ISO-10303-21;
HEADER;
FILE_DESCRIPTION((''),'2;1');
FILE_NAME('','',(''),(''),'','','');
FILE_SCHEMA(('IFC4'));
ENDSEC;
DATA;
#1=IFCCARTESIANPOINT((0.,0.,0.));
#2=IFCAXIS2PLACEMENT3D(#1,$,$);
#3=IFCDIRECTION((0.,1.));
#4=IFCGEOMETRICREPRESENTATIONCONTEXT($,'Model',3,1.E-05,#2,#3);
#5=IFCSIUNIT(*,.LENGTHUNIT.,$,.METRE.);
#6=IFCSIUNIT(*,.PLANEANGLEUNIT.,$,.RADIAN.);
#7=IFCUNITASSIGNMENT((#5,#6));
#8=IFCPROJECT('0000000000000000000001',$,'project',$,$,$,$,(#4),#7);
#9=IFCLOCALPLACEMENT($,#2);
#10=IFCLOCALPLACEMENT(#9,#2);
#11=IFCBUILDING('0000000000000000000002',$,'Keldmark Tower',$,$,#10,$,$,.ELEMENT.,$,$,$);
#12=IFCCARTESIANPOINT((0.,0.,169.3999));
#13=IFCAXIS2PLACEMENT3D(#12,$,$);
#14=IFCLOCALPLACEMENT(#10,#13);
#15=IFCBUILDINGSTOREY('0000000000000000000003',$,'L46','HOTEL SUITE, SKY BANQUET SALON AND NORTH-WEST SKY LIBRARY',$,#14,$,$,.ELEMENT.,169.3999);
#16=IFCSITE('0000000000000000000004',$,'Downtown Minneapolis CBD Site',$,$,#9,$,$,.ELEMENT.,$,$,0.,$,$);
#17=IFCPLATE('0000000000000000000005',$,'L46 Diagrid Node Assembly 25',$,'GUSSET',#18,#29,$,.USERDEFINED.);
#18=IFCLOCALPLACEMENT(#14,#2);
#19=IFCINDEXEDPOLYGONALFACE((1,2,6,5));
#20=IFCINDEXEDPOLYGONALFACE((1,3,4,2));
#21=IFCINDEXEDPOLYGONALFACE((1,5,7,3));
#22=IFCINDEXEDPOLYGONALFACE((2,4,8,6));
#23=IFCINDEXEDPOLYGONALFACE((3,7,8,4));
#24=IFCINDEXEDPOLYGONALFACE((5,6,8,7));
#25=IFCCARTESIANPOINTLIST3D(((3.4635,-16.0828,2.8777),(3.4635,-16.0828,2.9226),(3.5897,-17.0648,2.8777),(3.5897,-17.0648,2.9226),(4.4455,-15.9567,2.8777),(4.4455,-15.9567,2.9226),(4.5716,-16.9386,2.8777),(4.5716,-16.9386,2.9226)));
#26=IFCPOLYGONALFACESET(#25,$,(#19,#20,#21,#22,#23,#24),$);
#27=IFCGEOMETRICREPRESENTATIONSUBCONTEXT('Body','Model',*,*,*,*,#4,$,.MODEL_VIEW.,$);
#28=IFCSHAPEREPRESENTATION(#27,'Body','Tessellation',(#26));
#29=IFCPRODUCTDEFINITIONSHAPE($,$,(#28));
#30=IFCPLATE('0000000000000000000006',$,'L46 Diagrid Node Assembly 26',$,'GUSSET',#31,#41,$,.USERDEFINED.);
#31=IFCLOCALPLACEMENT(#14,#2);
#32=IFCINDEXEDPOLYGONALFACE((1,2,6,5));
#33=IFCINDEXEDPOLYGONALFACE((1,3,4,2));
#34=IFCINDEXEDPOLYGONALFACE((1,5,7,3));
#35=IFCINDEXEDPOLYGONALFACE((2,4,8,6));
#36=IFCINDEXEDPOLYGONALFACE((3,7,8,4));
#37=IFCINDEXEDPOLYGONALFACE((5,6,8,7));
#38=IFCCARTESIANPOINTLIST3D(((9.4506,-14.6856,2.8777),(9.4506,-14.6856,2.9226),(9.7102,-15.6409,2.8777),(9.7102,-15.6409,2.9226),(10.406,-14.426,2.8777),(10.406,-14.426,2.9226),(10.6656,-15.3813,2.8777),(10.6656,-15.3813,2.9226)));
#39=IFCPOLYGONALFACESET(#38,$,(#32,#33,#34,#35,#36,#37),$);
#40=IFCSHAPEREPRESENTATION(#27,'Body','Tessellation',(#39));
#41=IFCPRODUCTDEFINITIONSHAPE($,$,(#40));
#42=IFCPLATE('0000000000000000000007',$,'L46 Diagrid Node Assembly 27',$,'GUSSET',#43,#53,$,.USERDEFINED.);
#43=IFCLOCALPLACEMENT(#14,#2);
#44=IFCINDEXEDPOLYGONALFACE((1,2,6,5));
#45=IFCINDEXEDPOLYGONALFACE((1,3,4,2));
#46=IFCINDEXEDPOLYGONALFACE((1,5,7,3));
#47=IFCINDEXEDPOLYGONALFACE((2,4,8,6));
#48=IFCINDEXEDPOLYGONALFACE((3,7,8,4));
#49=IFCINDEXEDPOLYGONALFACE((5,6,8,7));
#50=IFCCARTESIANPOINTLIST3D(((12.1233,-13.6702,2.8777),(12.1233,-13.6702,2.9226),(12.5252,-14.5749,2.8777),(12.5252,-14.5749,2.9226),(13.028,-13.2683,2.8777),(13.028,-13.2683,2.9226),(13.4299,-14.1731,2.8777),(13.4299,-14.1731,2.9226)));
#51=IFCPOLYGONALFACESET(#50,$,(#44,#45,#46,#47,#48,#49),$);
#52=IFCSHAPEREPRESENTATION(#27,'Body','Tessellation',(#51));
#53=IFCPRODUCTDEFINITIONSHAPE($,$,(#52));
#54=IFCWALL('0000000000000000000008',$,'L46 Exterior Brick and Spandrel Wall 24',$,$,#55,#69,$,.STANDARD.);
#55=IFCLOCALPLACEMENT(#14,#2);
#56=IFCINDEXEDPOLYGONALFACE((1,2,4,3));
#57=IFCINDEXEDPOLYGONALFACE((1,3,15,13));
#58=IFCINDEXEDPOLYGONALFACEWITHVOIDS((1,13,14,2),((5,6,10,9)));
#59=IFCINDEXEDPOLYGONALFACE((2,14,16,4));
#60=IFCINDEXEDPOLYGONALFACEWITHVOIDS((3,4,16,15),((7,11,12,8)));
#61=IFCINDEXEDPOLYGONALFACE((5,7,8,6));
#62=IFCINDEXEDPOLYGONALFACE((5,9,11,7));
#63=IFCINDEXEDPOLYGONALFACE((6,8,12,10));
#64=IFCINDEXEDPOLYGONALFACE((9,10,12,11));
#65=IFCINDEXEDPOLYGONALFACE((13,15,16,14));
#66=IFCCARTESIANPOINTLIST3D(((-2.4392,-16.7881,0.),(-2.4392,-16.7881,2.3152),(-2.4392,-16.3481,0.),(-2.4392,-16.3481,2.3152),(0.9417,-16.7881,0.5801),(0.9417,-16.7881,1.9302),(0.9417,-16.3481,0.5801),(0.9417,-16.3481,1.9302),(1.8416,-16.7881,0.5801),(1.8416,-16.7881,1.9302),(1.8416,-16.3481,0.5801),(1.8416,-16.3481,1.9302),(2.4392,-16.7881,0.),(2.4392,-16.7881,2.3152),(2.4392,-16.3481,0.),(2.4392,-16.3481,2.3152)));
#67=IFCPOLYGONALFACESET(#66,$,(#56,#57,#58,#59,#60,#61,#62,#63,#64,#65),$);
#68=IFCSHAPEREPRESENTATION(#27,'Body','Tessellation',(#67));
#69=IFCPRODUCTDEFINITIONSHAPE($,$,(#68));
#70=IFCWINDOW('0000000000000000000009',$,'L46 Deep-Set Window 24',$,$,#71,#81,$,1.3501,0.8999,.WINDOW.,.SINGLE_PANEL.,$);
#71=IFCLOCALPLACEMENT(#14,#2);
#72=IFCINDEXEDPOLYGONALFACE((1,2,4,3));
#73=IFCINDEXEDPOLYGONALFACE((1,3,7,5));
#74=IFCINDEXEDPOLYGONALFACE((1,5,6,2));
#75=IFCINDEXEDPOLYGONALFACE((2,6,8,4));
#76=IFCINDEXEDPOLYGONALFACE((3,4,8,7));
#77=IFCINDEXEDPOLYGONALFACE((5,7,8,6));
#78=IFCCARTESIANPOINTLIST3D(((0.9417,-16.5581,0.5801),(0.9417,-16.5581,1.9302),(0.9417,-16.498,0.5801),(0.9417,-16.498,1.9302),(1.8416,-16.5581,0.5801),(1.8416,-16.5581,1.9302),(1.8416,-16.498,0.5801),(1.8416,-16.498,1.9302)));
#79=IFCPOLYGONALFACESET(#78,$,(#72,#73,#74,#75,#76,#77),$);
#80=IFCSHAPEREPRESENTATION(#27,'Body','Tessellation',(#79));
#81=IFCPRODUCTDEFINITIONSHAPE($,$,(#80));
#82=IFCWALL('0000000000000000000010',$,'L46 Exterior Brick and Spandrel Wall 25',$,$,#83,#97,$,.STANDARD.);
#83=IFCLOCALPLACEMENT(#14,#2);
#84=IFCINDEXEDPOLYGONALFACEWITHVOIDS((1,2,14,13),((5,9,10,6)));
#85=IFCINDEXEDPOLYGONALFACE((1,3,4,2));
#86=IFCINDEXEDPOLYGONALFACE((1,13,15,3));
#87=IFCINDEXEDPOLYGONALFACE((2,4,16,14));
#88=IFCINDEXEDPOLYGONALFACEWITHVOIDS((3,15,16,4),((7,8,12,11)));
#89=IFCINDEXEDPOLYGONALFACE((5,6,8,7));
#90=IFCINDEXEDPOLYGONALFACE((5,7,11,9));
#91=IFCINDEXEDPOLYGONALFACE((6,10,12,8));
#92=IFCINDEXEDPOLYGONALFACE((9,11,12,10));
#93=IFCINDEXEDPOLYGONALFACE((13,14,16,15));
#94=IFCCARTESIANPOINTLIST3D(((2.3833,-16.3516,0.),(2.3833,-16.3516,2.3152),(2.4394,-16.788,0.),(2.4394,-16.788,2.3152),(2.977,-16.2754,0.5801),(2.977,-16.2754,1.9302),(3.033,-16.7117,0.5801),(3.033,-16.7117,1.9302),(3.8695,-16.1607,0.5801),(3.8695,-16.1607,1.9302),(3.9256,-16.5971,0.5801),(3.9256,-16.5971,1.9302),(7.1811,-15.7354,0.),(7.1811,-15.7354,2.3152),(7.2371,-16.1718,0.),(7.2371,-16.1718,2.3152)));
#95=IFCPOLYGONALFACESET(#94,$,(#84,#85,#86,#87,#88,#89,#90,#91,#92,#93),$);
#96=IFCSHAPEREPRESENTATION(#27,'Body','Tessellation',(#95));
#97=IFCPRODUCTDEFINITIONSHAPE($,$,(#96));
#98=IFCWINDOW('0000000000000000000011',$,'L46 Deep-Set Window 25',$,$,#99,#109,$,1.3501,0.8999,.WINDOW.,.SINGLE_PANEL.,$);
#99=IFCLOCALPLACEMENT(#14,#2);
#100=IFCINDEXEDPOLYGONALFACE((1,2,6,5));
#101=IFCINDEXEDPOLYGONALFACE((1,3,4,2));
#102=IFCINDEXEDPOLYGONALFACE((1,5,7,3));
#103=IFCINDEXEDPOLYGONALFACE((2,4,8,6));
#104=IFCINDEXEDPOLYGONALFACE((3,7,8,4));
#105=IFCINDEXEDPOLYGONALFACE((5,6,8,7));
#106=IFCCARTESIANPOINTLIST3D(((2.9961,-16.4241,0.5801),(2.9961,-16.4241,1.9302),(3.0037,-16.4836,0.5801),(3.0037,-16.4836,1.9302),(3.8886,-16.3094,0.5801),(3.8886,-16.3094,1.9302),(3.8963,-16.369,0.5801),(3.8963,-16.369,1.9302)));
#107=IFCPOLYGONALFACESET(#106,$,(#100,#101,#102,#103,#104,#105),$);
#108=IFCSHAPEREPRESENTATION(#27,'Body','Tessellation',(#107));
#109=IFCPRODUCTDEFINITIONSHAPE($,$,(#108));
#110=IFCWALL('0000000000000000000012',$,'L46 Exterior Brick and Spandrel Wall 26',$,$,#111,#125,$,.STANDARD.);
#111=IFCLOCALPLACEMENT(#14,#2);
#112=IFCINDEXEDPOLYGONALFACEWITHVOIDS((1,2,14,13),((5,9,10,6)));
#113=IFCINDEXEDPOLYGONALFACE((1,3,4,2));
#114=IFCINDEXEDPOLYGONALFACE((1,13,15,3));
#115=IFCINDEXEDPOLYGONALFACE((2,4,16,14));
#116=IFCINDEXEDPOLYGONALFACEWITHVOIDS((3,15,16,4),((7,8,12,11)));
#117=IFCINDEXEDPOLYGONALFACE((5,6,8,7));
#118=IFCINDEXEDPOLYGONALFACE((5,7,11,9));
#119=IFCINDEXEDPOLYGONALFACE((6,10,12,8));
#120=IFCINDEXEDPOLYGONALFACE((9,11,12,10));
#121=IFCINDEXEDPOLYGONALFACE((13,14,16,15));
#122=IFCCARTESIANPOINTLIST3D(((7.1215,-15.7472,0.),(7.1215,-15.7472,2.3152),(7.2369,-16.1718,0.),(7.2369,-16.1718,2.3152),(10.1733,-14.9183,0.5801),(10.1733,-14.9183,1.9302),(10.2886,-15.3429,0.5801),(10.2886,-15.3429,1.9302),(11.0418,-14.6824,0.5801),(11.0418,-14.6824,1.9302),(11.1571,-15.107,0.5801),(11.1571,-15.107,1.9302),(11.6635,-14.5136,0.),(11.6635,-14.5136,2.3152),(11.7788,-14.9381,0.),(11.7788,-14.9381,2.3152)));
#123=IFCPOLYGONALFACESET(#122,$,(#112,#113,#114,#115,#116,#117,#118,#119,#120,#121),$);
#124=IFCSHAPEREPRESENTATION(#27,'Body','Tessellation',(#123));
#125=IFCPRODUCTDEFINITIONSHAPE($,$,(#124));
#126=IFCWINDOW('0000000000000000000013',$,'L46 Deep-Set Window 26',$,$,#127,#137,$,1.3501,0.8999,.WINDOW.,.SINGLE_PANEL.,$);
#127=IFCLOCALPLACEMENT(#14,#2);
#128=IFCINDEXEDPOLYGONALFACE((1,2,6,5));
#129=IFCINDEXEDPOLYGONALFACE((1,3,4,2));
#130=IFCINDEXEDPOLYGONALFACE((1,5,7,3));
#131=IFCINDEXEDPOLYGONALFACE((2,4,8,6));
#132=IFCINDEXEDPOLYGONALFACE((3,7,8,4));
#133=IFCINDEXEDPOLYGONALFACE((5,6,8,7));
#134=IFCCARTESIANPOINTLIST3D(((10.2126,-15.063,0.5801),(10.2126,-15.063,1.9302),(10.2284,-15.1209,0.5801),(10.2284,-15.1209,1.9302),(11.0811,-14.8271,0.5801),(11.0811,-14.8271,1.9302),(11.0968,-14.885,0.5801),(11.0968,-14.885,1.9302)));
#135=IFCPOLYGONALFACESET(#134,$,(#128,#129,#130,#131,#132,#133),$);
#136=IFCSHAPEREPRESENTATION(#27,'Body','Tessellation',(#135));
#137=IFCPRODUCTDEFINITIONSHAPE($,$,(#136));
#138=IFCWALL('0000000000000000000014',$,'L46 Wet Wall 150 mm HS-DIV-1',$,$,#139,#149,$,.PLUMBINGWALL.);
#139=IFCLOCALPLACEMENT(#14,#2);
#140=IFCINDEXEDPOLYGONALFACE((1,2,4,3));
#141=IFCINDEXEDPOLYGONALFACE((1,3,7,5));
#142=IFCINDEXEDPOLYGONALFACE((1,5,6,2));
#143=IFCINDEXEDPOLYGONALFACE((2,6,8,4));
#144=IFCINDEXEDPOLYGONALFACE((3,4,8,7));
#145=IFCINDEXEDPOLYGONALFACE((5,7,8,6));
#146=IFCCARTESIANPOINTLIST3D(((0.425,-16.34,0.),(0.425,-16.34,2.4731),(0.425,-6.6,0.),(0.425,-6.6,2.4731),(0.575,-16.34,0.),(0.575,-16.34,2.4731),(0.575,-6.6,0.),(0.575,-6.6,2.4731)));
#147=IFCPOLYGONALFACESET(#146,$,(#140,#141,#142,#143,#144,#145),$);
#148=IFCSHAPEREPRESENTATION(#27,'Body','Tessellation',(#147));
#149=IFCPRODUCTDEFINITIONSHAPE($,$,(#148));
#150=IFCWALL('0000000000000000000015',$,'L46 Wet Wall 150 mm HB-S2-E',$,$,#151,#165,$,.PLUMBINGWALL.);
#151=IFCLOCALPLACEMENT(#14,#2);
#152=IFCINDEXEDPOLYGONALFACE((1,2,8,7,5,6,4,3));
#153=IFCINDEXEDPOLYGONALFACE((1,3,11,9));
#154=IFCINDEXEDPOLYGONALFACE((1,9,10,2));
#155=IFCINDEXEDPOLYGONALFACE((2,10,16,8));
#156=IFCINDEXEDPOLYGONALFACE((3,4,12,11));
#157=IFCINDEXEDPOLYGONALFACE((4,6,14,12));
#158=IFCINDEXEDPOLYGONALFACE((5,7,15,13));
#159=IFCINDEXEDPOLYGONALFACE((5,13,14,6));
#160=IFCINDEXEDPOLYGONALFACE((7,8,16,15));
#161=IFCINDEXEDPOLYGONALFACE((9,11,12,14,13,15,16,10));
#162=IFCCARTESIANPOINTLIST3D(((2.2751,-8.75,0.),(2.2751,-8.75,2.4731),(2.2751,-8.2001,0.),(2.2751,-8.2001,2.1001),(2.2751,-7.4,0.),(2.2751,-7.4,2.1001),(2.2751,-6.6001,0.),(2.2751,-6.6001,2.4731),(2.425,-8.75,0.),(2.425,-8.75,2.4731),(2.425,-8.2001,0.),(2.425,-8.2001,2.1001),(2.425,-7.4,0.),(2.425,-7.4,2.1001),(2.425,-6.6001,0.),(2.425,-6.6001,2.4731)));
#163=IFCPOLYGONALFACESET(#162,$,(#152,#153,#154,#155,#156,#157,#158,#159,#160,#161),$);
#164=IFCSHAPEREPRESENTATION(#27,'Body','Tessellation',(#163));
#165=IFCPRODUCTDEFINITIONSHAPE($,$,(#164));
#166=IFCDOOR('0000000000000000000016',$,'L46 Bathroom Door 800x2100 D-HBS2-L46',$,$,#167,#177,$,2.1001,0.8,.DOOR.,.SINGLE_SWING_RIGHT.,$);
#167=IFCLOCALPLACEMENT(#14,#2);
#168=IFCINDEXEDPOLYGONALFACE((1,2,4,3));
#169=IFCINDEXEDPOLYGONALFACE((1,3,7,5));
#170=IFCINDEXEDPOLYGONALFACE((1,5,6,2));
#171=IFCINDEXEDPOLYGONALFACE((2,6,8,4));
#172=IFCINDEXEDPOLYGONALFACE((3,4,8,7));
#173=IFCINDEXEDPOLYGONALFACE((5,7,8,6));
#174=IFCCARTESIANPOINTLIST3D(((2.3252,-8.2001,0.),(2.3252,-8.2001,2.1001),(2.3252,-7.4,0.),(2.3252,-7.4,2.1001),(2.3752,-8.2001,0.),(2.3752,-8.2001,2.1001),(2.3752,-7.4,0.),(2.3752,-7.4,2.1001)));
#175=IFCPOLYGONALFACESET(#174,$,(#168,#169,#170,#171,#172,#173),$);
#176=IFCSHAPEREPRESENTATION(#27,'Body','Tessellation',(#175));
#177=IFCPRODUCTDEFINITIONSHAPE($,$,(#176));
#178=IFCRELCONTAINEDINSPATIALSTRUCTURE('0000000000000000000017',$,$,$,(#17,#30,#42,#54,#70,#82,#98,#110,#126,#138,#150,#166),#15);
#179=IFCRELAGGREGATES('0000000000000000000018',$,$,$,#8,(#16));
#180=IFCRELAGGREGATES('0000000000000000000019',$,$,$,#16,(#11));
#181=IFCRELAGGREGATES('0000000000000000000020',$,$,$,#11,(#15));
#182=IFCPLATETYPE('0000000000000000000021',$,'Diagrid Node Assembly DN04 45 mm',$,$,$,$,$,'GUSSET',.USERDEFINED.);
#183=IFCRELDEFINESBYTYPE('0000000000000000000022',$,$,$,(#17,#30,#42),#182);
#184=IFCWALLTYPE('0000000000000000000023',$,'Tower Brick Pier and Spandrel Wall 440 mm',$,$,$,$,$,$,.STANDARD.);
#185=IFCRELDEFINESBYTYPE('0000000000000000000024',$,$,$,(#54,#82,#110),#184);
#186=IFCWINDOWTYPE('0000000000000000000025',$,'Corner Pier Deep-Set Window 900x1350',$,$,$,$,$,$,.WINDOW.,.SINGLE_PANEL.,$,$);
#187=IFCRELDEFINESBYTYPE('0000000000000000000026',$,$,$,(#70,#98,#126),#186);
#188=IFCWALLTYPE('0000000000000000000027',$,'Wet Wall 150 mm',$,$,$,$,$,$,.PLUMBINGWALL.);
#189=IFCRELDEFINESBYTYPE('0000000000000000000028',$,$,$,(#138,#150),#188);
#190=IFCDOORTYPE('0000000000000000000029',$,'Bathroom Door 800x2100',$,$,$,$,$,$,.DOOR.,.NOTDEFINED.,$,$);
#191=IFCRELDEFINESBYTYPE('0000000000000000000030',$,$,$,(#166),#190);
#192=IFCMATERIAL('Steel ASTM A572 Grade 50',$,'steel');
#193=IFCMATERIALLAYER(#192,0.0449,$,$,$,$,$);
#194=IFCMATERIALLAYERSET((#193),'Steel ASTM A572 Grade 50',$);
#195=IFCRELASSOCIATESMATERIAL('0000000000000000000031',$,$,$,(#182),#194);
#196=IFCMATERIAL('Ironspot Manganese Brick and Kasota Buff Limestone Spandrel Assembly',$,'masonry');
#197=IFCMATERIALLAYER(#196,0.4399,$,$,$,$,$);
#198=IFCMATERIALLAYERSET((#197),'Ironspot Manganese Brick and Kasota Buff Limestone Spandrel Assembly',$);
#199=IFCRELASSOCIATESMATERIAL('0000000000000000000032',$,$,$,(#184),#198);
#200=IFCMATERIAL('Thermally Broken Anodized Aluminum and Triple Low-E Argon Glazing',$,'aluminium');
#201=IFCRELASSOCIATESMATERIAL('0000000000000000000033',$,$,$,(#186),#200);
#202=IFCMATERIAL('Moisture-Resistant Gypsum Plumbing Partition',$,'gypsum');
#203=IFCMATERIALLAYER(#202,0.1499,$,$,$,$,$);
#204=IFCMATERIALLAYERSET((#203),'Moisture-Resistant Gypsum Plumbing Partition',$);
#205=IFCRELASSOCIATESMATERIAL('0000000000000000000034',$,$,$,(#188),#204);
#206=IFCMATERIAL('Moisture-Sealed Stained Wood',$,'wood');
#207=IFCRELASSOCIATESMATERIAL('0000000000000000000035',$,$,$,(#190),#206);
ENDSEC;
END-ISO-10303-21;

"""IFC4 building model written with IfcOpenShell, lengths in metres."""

from ifc_helpers import new_model, si_unit, direction, frame, frame_2d, origin, origin_2d, place, context, subcontext, project, spatial, rectangle, extrude, material, layer, layer_set, type_object, element, fill, save


model = new_model("IFC4")

# Units and contexts
model_context = context("Model", 3, precision=1e-05, world=origin(), true_north=direction((0.0, 1.0)))
body_context = subcontext(model_context, "Body", "Model", "MODEL_VIEW")
ifc_project = project(units=[si_unit("LENGTHUNIT", "METRE"), si_unit("PLANEANGLEUNIT", "RADIAN")], contexts=[model_context])

# Site, building, storey
site_placement = place(None, origin())
site = spatial("IfcSite", under=ifc_project, at=site_placement, Name="Downtown Minneapolis CBD Site", CompositionType="ELEMENT", RefElevation=0.0)
building_placement = place(site_placement, origin())
building = spatial("IfcBuilding", under=site, at=building_placement, Name="Keldmark Tower", CompositionType="ELEMENT")
storey_placement = place(building_placement, frame((0.0, 0.0, 169.3999)))
storey = spatial("IfcBuildingStorey", under=building, at=storey_placement, Name="L46", Description="HOTEL SUITE, SKY BANQUET SALON AND NORTH-WEST SKY LIBRARY", CompositionType="ELEMENT", Elevation=169.3999)

# Plates
ifc_material_1 = material(Name="Steel ASTM A572 Grade 50", Category="steel")
ifc_layer_1 = layer(ifc_material_1, 0.0449)
ifc_layer_set_1 = layer_set([ifc_layer_1], Name="Steel ASTM A572 Grade 50")
plate_type = type_object("IfcPlateType", Name="Diagrid Node Assembly DN04 45 mm", ElementType="GUSSET", PredefinedType="USERDEFINED", material=ifc_layer_set_1)
for number, where, z_axis, x_axis, name in (
    (1, (4.0176, -16.5107, 2.8777), (0.0, 0.0, 1.0), (0.99185, 0.127411, 0.0), "L46 Diagrid Node Assembly 25"),
    (2, (10.0581, -15.0334, 2.8777), (0.0, 0.0, 1.0), (0.965016, 0.262189, 0.0), "L46 Diagrid Node Assembly 26"),
    (3, (12.7766, -13.9216, 2.8777), (0.0, 0.0, 1.0), (0.9139, 0.405939, 0.0), "L46 Diagrid Node Assembly 27"),
):
    element("IfcPlate", number, at=place(storey_placement, frame(where, z_axis=z_axis, x_axis=x_axis)), inside=storey, type_object=plate_type, Name=name, ObjectType="GUSSET", PredefinedType="USERDEFINED", context=body_context, shape_type="SweptSolid", body=[
        extrude(rectangle(XDim=0.99, YDim=0.99, at=origin_2d()), origin(), (0.0, 0.0, 1.0), 0.0449),
    ])

# Walls, openings, windows
ifc_material_2 = material(Name="Ironspot Manganese Brick and Kasota Buff Limestone Spandrel Assembly", Category="masonry")
ifc_layer_2 = layer(ifc_material_2, 0.4399)
ifc_layer_set_2 = layer_set([ifc_layer_2], Name="Ironspot Manganese Brick and Kasota Buff Limestone Spandrel Assembly")
wall_type_1 = type_object("IfcWallType", Name="Tower Brick Pier and Spandrel Wall 440 mm", PredefinedType="STANDARD", material=ifc_layer_set_2)
wall_1_placement = place(storey_placement, frame((2.4392, -16.5681, 0.0), z_axis=(0.0, 0.0, 1.0), x_axis=(-1.0, 0.0, 0.0)))
wall_1 = element("IfcWall", 4, at=wall_1_placement, inside=storey, type_object=wall_type_1, Name="L46 Exterior Brick and Spandrel Wall 24", PredefinedType="STANDARD", context=body_context, shape_type="SweptSolid", body=[
    extrude(rectangle(XDim=4.8784, YDim=0.4399, at=frame_2d((2.4392, 0.0))), origin(), (0.0, 0.0, 1.0), 2.3152),
])
opening_1_placement = place(wall_1_placement, frame((0.5977, 0.0, 0.5801)))
opening_1 = element("IfcOpeningElement", 5, at=opening_1_placement, cuts=wall_1, PredefinedType="OPENING", context=body_context, shape_type="SweptSolid", body=[
    extrude(rectangle(XDim=0.8999, YDim=1.3501, at=frame_2d((0.45, 0.675))), frame((0.0, 0.23, 0.0), z_axis=(0.0, -1.0, 0.0), x_axis=(1.0, 0.0, 0.0)), (0.0, 0.0, 1.0), 0.46),
])
ifc_material_3 = material(Name="Thermally Broken Anodized Aluminum and Triple Low-E Argon Glazing", Category="aluminium")
window_type = type_object("IfcWindowType", Name="Corner Pier Deep-Set Window 900x1350", PartitioningType="SINGLE_PANEL", PredefinedType="WINDOW", material=ifc_material_3)
window_1_placement = place(opening_1_placement, origin())
window_1 = element("IfcWindow", 6, at=window_1_placement, inside=storey, type_object=window_type, Name="L46 Deep-Set Window 24", OverallHeight=1.3501, OverallWidth=0.8999, PartitioningType="SINGLE_PANEL", PredefinedType="WINDOW", context=body_context, shape_type="SweptSolid", body=[
    extrude(rectangle(XDim=0.8999, YDim=1.3501, at=frame_2d((0.45, 0.675))), frame((0.0, -0.01, 0.0), z_axis=(0.0, -1.0, 0.0), x_axis=(1.0, 0.0, 0.0)), (0.0, 0.0, 1.0), 0.0601),
])
fill(opening_1, window_1)
wall_2_placement = place(storey_placement, frame((7.209, -15.9536, 0.0), z_axis=(0.0, 0.0, 1.0), x_axis=(-0.991853, -0.127388, 0.0)))
wall_2 = element("IfcWall", 7, at=wall_2_placement, inside=storey, type_object=wall_type_1, Name="L46 Exterior Brick and Spandrel Wall 25", PredefinedType="STANDARD", context=body_context, shape_type="SweptSolid", body=[
    extrude(rectangle(XDim=4.8372, YDim=0.4399, at=frame_2d((2.4185, 0.0))), origin(), (0.0, 0.0, 1.0), 2.3152),
])
opening_2_placement = place(wall_2_placement, frame((3.3386, 0.0, 0.5801)))
opening_2 = element("IfcOpeningElement", 8, at=opening_2_placement, cuts=wall_2, PredefinedType="OPENING", context=body_context, shape_type="SweptSolid", body=[
    extrude(rectangle(XDim=0.8999, YDim=1.3501, at=frame_2d((0.45, 0.675))), frame((0.0, 0.23, 0.0), z_axis=(0.0, -1.0, 0.0), x_axis=(1.0, 0.0, 0.0)), (0.0, 0.0, 1.0), 0.46),
])
window_2_placement = place(opening_2_placement, origin())
window_2 = element("IfcWindow", 9, at=window_2_placement, inside=storey, type_object=window_type, Name="L46 Deep-Set Window 25", OverallHeight=1.3501, OverallWidth=0.8999, PartitioningType="SINGLE_PANEL", PredefinedType="WINDOW", context=body_context, shape_type="SweptSolid", body=[
    extrude(rectangle(XDim=0.8999, YDim=1.3501, at=frame_2d((0.45, 0.675))), frame((0.0, -0.01, 0.0), z_axis=(0.0, -1.0, 0.0), x_axis=(1.0, 0.0, 0.0)), (0.0, 0.0, 1.0), 0.0601),
])
fill(opening_2, window_2)
wall_3_placement = place(storey_placement, frame((11.7212, -14.7258, 0.0), z_axis=(0.0, 0.0, 1.0), x_axis=(-0.965037, -0.262112, 0.0)))
wall_3 = element("IfcWall", 10, at=wall_3_placement, inside=storey, type_object=wall_type_1, Name="L46 Exterior Brick and Spandrel Wall 26", PredefinedType="STANDARD", context=body_context, shape_type="SweptSolid", body=[
    extrude(rectangle(XDim=4.7065, YDim=0.4399, at=frame_2d((2.3533, 0.0))), origin(), (0.0, 0.0, 1.0), 2.3152),
])
opening_3_placement = place(wall_3_placement, frame((0.6443, 0.0, 0.5801)))
opening_3 = element("IfcOpeningElement", 11, at=opening_3_placement, cuts=wall_3, PredefinedType="OPENING", context=body_context, shape_type="SweptSolid", body=[
    extrude(rectangle(XDim=0.8999, YDim=1.3501, at=frame_2d((0.45, 0.675))), frame((0.0, 0.23, 0.0), z_axis=(0.0, -1.0, 0.0), x_axis=(1.0, 0.0, 0.0)), (0.0, 0.0, 1.0), 0.46),
])
window_3_placement = place(opening_3_placement, origin())
window_3 = element("IfcWindow", 12, at=window_3_placement, inside=storey, type_object=window_type, Name="L46 Deep-Set Window 26", OverallHeight=1.3501, OverallWidth=0.8999, PartitioningType="SINGLE_PANEL", PredefinedType="WINDOW", context=body_context, shape_type="SweptSolid", body=[
    extrude(rectangle(XDim=0.8999, YDim=1.3501, at=frame_2d((0.45, 0.675))), frame((0.0, -0.01, 0.0), z_axis=(0.0, -1.0, 0.0), x_axis=(1.0, 0.0, 0.0)), (0.0, 0.0, 1.0), 0.0601),
])
fill(opening_3, window_3)

# Wall
ifc_material_4 = material(Name="Moisture-Resistant Gypsum Plumbing Partition", Category="gypsum")
ifc_layer_3 = layer(ifc_material_4, 0.1499)
ifc_layer_set_3 = layer_set([ifc_layer_3], Name="Moisture-Resistant Gypsum Plumbing Partition")
wall_type_2 = type_object("IfcWallType", Name="Wet Wall 150 mm", PredefinedType="PLUMBINGWALL", material=ifc_layer_set_3)
wall_4_placement = place(storey_placement, frame((0.5, -16.3401, 0.0), z_axis=(0.0, 0.0, 1.0), x_axis=(0.0, 1.0, 0.0)))
element("IfcWall", 13, at=wall_4_placement, inside=storey, type_object=wall_type_2, Name="L46 Wet Wall 150 mm HS-DIV-1", PredefinedType="PLUMBINGWALL", context=body_context, shape_type="SweptSolid", body=[
    extrude(rectangle(XDim=9.74, YDim=0.1499, at=frame_2d((4.8701, 0.0))), origin(), (0.0, 0.0, 1.0), 2.4731),
])

# Wall, opening, door
wall_5_placement = place(storey_placement, frame((2.3501, -8.75, 0.0), z_axis=(0.0, 0.0, 1.0), x_axis=(0.0, 1.0, 0.0)))
wall_5 = element("IfcWall", 14, at=wall_5_placement, inside=storey, type_object=wall_type_2, Name="L46 Wet Wall 150 mm HB-S2-E", PredefinedType="PLUMBINGWALL", context=body_context, shape_type="SweptSolid", body=[
    extrude(rectangle(XDim=2.1499, YDim=0.1499, at=frame_2d((1.075, 0.0))), origin(), (0.0, 0.0, 1.0), 2.4731),
])
opening_4_placement = place(wall_5_placement, frame((0.55, 0.0, 0.0)))
opening_4 = element("IfcOpeningElement", 15, at=opening_4_placement, cuts=wall_5, PredefinedType="OPENING", context=body_context, shape_type="SweptSolid", body=[
    extrude(rectangle(XDim=0.8, YDim=2.1001, at=frame_2d((0.3999, 1.05))), frame((0.0, 0.085, 0.0), z_axis=(0.0, -1.0, 0.0), x_axis=(1.0, 0.0, 0.0)), (0.0, 0.0, 1.0), 0.1699),
])
ifc_material_5 = material(Name="Moisture-Sealed Stained Wood", Category="wood")
door_type = type_object("IfcDoorType", Name="Bathroom Door 800x2100", OperationType="NOTDEFINED", PredefinedType="DOOR", material=ifc_material_5)
door_placement = place(opening_4_placement, origin())
door = element("IfcDoor", 16, at=door_placement, inside=storey, type_object=door_type, Name="L46 Bathroom Door 800x2100 D-HBS2-L46", OperationType="SINGLE_SWING_RIGHT", OverallHeight=2.1001, OverallWidth=0.8, PredefinedType="DOOR", context=body_context, shape_type="SweptSolid", body=[
    extrude(rectangle(XDim=0.8, YDim=2.1001, at=frame_2d((0.3999, 1.05))), frame((0.0, 0.0249, 0.0), z_axis=(0.0, -1.0, 0.0), x_axis=(1.0, 0.0, 0.0)), (0.0, 0.0, 1.0), 0.05),
])
fill(opening_4, door)

save(model, "model.ifc")
